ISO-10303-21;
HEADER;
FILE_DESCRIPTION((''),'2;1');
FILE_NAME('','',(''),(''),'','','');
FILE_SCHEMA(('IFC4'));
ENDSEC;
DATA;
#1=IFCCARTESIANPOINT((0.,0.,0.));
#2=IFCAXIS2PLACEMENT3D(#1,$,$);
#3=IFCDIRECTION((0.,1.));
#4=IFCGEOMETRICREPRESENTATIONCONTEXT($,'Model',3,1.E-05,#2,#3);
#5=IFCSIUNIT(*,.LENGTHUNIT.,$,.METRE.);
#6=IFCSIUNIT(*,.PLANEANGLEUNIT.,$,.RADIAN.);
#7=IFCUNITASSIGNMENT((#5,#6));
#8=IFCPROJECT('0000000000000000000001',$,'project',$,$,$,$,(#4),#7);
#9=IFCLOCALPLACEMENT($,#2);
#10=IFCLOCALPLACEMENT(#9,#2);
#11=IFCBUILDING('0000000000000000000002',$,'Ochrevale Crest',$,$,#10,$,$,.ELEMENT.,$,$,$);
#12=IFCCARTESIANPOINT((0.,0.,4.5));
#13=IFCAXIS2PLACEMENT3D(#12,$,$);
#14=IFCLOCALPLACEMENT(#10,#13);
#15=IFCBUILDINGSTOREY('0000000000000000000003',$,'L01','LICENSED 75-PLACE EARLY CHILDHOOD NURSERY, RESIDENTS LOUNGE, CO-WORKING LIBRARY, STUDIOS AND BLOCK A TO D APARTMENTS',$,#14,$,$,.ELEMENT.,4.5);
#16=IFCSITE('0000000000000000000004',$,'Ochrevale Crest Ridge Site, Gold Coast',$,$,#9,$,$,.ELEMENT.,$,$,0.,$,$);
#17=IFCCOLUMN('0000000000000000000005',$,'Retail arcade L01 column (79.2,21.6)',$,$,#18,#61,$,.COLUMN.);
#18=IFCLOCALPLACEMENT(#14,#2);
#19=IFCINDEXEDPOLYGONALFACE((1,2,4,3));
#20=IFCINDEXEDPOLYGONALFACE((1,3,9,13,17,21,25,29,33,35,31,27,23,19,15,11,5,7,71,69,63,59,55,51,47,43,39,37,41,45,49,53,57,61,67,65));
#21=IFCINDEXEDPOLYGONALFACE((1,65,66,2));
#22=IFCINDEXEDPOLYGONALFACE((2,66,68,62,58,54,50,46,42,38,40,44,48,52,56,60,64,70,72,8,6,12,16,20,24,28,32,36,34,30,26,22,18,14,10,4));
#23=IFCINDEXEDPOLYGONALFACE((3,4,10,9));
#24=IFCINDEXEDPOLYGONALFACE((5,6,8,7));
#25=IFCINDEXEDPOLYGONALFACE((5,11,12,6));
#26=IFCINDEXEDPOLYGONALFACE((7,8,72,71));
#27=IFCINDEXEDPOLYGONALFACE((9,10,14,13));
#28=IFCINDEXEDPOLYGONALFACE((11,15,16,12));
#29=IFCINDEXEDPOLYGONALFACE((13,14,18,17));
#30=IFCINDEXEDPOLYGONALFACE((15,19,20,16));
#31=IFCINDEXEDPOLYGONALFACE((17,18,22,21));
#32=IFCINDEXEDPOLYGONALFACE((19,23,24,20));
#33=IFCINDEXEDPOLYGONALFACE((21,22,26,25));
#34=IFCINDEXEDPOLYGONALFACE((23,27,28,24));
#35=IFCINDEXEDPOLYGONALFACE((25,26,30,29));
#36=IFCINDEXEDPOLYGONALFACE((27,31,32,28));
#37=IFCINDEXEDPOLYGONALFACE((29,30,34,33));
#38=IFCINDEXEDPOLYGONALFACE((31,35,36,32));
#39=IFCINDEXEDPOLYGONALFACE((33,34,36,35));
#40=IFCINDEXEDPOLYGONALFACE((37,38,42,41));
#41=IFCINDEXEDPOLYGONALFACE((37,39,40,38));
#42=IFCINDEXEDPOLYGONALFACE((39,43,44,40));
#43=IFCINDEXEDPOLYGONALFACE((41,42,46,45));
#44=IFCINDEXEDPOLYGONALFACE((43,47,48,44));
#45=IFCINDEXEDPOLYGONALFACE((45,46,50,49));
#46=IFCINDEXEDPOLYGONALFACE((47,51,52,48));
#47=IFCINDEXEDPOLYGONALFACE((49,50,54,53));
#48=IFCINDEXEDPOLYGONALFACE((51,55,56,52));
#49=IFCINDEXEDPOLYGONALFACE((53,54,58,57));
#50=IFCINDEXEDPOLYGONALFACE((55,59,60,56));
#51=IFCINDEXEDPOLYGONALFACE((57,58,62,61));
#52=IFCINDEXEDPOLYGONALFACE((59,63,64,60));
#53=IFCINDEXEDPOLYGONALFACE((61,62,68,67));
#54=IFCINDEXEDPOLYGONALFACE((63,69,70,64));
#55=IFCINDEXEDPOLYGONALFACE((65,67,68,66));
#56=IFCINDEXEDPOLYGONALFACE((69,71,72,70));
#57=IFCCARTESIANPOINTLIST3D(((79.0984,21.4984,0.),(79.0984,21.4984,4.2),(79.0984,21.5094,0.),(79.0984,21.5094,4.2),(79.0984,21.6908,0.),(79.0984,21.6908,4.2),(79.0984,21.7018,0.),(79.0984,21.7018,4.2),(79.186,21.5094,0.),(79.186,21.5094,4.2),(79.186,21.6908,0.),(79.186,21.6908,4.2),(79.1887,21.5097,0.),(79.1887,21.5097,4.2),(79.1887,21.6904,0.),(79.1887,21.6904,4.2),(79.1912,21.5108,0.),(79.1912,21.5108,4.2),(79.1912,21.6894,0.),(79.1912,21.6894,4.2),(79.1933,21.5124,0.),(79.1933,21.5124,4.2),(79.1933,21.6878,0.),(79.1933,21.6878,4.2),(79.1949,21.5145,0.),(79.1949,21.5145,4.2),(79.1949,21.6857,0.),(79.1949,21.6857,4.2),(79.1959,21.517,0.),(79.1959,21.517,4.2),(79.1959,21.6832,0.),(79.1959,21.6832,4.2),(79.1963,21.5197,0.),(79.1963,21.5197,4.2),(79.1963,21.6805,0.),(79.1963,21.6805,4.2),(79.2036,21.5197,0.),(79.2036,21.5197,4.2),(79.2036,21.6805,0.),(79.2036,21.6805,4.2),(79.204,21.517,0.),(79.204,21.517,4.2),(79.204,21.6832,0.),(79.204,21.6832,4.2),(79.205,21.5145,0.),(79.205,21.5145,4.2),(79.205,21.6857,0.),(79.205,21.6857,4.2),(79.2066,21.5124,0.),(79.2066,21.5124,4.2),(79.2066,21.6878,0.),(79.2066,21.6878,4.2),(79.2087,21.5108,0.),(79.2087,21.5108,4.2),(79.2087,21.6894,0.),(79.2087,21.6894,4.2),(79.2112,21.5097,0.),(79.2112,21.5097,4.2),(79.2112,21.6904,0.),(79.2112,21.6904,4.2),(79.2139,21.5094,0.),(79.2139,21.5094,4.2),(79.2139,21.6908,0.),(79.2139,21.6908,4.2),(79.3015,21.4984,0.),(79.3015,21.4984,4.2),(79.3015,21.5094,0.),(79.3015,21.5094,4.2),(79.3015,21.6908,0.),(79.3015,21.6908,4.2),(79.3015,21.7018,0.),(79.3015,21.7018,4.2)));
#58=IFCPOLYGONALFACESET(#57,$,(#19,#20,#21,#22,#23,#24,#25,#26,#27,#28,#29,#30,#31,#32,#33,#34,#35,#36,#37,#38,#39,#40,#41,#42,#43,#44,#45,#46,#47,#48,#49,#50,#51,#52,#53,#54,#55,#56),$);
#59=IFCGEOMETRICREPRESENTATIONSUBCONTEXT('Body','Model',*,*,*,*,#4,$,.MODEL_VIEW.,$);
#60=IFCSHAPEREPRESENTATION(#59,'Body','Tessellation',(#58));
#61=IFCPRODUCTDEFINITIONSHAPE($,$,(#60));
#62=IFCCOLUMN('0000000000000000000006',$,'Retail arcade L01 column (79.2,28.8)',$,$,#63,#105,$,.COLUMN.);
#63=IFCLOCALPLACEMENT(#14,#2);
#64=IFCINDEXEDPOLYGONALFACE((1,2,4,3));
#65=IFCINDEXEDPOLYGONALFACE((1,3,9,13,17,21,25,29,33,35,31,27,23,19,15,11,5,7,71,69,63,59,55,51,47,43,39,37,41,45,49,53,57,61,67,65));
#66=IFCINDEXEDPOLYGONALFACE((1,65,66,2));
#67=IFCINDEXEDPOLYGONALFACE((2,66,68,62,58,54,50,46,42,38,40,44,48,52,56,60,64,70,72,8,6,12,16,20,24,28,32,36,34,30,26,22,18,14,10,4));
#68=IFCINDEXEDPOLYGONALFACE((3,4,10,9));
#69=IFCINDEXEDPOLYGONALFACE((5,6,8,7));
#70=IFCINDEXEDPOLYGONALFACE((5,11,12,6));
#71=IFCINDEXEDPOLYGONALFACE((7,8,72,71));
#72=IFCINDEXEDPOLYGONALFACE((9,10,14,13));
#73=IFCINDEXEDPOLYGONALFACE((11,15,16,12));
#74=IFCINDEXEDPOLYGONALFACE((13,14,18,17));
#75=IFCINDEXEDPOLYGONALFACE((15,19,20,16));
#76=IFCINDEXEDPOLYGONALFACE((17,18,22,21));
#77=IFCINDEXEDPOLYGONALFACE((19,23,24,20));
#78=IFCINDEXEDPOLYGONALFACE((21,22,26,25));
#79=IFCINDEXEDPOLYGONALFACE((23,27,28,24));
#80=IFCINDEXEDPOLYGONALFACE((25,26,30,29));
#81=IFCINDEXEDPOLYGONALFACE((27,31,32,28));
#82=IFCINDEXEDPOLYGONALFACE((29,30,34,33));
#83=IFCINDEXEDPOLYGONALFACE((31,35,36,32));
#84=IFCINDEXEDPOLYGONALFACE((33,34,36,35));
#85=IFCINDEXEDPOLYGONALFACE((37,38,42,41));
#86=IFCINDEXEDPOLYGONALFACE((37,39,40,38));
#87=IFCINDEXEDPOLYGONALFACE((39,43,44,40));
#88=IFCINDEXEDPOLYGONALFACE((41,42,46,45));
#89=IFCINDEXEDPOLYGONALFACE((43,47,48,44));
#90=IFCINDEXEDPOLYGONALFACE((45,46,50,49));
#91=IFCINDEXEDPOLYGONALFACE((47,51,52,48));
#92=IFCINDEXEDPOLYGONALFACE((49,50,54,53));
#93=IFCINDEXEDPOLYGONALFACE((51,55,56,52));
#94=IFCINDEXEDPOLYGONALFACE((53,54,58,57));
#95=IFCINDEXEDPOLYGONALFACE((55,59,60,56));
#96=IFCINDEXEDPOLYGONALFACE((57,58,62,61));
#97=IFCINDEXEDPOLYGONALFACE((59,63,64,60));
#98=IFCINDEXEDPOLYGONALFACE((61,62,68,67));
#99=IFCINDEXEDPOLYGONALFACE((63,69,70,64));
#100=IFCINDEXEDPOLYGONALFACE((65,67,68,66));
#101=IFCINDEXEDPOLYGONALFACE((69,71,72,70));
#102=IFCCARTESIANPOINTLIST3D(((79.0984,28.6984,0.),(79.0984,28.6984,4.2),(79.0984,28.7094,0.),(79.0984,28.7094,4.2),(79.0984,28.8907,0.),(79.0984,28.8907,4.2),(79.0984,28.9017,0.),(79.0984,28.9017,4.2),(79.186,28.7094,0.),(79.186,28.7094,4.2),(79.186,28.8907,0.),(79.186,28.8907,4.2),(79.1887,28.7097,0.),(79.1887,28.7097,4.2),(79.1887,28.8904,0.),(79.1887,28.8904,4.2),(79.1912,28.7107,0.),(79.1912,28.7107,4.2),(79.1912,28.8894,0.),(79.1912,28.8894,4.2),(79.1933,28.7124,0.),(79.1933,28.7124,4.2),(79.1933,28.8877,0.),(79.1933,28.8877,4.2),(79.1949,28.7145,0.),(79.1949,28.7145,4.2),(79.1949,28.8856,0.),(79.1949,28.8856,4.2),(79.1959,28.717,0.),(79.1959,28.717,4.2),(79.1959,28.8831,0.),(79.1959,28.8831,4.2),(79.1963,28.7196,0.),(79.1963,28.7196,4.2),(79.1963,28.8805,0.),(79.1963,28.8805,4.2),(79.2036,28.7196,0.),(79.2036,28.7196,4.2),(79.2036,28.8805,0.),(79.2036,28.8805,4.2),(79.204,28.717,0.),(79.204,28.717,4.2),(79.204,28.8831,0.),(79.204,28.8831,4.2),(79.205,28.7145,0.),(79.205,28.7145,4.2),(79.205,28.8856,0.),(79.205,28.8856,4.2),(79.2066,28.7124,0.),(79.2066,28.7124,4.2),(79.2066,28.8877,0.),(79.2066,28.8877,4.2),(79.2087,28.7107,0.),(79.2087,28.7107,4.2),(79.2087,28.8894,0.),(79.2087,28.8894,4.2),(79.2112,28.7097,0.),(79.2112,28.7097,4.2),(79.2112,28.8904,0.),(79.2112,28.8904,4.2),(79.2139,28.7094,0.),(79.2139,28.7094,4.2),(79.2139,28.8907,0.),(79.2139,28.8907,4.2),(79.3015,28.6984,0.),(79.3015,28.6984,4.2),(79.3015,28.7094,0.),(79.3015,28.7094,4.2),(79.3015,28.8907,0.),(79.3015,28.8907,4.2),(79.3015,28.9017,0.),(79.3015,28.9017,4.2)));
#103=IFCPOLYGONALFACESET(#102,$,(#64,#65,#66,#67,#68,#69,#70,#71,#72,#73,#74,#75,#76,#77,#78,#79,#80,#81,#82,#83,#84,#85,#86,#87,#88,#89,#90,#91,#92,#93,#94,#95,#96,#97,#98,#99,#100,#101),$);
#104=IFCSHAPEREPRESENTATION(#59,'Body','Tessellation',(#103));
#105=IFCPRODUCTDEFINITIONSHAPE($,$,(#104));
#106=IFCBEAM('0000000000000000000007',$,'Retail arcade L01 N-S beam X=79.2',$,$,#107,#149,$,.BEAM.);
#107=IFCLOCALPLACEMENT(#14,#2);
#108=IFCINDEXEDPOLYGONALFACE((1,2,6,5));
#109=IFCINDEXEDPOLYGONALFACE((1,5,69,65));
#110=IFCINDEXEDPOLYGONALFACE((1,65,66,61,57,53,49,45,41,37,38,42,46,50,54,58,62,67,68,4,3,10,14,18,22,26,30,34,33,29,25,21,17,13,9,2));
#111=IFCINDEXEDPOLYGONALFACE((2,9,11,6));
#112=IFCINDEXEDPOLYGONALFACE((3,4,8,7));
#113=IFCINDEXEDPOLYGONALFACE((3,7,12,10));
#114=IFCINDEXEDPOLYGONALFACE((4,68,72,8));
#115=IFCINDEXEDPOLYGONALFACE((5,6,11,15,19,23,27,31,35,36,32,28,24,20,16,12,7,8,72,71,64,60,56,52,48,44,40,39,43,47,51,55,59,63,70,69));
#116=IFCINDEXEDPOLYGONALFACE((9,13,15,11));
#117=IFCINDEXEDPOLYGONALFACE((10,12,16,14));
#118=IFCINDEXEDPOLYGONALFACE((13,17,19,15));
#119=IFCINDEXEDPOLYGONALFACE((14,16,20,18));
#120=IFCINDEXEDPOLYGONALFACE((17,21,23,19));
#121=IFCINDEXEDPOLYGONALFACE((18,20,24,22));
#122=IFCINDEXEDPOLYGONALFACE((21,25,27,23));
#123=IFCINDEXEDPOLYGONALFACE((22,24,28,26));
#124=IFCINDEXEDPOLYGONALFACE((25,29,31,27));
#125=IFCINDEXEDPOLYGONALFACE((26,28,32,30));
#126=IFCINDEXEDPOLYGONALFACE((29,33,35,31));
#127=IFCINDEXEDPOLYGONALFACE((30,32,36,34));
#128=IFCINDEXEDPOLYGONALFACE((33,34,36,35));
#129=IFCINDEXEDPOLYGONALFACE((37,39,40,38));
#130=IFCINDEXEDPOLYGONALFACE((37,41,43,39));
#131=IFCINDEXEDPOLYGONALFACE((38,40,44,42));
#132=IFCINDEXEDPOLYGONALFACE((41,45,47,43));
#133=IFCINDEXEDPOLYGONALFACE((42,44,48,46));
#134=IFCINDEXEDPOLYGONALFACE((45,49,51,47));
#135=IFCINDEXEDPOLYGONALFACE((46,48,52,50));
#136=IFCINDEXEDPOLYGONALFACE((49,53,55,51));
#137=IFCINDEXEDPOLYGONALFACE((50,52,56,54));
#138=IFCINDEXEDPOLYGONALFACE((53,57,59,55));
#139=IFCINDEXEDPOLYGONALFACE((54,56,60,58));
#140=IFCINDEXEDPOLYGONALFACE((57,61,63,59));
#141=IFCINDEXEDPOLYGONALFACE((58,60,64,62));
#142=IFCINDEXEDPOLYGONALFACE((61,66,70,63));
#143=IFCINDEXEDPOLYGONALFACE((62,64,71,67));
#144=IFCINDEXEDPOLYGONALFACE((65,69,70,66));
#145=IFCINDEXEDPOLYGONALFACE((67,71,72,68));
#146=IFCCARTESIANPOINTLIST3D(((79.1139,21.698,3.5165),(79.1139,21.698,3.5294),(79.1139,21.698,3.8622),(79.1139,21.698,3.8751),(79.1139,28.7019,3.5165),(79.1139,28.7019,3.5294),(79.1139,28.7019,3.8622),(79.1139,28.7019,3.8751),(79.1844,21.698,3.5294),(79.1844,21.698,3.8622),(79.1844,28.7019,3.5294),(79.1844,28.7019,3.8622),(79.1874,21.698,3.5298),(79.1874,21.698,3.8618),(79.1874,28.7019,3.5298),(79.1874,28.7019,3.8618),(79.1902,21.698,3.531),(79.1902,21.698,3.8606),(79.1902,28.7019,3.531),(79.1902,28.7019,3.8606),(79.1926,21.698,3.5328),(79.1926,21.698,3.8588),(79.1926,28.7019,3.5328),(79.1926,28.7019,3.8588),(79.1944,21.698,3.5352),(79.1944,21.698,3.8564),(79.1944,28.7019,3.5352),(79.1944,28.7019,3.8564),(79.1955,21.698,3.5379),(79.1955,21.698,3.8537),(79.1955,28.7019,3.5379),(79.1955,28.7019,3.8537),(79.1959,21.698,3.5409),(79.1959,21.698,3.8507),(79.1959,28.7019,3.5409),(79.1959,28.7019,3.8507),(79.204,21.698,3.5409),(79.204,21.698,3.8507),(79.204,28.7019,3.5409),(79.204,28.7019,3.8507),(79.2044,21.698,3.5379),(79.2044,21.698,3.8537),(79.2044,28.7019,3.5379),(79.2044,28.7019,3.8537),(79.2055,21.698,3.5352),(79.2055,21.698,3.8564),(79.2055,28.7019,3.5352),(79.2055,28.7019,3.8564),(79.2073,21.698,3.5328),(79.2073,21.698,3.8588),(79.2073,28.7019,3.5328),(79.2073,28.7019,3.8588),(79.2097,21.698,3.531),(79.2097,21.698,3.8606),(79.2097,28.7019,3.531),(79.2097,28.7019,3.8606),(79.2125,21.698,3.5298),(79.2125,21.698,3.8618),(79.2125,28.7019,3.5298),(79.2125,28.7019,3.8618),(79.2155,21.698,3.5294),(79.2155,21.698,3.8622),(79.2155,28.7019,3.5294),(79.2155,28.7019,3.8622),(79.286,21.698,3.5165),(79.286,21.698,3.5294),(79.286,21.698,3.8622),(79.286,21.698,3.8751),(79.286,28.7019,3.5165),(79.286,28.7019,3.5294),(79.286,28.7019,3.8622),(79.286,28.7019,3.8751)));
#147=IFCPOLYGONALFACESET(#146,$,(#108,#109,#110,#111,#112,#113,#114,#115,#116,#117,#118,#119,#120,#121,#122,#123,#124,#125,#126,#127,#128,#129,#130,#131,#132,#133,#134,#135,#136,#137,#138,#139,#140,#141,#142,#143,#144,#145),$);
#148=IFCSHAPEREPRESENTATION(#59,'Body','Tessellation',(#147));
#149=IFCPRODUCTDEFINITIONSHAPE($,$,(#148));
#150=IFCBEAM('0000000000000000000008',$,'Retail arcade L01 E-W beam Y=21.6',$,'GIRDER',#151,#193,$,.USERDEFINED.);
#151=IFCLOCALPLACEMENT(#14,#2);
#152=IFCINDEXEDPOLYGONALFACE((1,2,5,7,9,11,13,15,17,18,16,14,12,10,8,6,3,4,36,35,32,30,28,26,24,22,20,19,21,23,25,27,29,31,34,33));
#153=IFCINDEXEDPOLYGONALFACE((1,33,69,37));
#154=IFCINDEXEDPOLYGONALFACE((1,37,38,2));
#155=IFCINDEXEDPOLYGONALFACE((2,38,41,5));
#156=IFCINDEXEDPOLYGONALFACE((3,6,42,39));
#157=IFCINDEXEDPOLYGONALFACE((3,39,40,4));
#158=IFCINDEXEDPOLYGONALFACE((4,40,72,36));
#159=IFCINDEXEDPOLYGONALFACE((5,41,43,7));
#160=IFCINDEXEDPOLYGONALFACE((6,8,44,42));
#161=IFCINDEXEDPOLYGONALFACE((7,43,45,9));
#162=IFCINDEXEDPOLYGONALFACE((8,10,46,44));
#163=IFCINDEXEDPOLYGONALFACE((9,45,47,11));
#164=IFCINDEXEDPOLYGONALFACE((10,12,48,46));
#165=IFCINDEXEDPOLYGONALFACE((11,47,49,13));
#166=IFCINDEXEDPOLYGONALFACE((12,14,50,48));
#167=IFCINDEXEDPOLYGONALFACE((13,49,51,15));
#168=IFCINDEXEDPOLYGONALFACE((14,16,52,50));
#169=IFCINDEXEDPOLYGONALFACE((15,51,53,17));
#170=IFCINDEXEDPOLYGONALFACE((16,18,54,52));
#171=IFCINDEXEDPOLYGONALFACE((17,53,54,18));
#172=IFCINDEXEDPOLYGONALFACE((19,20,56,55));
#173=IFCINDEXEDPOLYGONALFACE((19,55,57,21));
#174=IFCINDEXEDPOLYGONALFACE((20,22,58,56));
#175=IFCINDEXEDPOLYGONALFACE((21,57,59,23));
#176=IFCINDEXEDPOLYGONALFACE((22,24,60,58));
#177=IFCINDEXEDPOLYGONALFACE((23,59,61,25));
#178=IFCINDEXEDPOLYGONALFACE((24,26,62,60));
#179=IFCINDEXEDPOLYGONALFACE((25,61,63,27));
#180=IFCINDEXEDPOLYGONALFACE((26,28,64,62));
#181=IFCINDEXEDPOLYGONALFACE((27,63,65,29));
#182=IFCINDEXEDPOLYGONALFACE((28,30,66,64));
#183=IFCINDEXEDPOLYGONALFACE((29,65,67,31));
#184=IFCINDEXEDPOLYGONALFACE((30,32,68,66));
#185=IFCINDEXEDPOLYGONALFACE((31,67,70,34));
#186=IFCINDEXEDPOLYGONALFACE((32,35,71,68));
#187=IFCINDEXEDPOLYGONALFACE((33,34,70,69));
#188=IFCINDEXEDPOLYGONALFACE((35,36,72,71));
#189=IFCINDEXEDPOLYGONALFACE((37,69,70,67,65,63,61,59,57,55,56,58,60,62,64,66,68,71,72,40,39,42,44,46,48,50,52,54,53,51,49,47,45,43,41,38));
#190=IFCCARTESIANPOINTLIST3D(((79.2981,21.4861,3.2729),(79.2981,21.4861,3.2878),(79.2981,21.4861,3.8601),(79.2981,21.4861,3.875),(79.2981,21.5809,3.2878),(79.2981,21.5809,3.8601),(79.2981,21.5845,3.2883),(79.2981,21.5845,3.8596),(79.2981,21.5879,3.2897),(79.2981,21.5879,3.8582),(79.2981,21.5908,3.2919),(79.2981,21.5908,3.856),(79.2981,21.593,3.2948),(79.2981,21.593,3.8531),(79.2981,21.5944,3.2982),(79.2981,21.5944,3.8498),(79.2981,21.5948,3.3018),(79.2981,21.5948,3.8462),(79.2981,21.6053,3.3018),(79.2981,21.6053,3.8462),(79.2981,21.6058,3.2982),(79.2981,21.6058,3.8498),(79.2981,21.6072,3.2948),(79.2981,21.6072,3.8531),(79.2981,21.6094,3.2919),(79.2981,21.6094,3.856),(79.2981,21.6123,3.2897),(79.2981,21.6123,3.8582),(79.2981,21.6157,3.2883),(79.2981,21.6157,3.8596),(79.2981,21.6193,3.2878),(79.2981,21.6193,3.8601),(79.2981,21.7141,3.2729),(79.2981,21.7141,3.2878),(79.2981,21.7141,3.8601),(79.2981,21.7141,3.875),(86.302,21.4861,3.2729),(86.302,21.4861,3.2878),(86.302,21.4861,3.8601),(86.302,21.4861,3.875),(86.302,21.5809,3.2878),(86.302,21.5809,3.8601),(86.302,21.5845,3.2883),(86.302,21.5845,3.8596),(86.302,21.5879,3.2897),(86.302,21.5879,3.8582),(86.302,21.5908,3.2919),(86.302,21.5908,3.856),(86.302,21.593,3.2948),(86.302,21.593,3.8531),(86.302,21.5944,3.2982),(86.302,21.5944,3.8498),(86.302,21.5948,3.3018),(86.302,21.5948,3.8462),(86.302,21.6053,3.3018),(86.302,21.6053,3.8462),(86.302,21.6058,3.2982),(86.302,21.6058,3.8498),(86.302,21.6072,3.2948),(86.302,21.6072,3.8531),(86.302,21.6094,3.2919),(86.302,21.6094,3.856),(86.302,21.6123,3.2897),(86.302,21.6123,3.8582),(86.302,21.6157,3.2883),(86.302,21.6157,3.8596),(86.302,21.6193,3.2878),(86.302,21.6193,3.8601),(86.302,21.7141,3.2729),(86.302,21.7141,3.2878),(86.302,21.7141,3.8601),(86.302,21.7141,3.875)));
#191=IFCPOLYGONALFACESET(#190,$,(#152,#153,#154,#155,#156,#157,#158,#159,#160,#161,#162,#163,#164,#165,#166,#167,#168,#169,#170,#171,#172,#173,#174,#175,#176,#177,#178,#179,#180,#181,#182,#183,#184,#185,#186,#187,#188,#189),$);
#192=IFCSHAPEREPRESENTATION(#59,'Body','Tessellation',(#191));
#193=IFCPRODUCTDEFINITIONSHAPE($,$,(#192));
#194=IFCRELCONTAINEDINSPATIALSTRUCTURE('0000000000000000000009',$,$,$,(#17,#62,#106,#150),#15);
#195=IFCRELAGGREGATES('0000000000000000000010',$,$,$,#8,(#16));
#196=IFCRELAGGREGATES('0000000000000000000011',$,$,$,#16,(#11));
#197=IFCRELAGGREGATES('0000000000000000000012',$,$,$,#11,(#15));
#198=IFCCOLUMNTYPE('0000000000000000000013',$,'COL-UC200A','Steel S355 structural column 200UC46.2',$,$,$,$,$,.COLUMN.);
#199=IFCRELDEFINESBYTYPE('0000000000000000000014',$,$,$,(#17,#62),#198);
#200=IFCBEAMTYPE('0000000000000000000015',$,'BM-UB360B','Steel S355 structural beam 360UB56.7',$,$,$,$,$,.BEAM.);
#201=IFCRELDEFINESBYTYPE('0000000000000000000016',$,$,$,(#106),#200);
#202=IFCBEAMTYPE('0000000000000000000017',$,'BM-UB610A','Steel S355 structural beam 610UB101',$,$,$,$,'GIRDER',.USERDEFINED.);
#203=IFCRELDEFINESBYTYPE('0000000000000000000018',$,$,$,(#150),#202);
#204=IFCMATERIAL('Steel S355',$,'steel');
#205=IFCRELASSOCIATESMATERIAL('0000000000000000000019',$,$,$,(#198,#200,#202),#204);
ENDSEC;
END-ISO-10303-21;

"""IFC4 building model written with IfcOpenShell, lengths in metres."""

from ifc_helpers import new_model, si_unit, direction, frame, origin, origin_2d, place, context, subcontext, project, spatial, i_section, extrude, material, material_profile, profile_set, type_object, element, save


model = new_model("IFC4")

# Units and contexts
model_context = context("Model", 3, precision=1e-05, world=origin(), true_north=direction((0.0, 1.0)))
body_context = subcontext(model_context, "Body", "Model", "MODEL_VIEW")
ifc_project = project(units=[si_unit("LENGTHUNIT", "METRE"), si_unit("PLANEANGLEUNIT", "RADIAN")], contexts=[model_context])

# Site, building, storey
site_placement = place(None, origin())
site = spatial("IfcSite", under=ifc_project, at=site_placement, Name="Ochrevale Crest Ridge Site, Gold Coast", CompositionType="ELEMENT", RefElevation=0.0)
building_placement = place(site_placement, origin())
building = spatial("IfcBuilding", under=site, at=building_placement, Name="Ochrevale Crest", CompositionType="ELEMENT")
storey_placement = place(building_placement, frame((0.0, 0.0, 4.5)))
storey = spatial("IfcBuildingStorey", under=building, at=storey_placement, Name="L01", Description="LICENSED 75-PLACE EARLY CHILDHOOD NURSERY, RESIDENTS LOUNGE, CO-WORKING LIBRARY, STUDIOS AND BLOCK A TO D APARTMENTS", CompositionType="ELEMENT", Elevation=4.5)

# Columns
ifc_material_1 = material(Name="Steel S355", Category="steel")
ifc_material_profile_1 = material_profile(ifc_material_1, i_section(OverallWidth=0.2031, OverallDepth=0.2034, WebThickness=0.0073, FlangeThickness=0.011, FilletRadius=0.0103, at=origin_2d()), Name="200UC46.2")
ifc_profile_set_1 = profile_set([ifc_material_profile_1], Name="Steel S355")
column_type = type_object("IfcColumnType", Name="COL-UC200A", Description="Steel S355 structural column 200UC46.2", PredefinedType="COLUMN", material=ifc_profile_set_1)
for number, where, z_axis, x_axis, name in (
    (1, (79.2, 21.6001, 0.0), (0.0, 0.0, 1.0), (1.0, 0.0, 0.0), "Retail arcade L01 column (79.2,21.6)"),
    (2, (79.2, 28.8, 0.0), (0.0, 0.0, 1.0), (1.0, 0.0, 0.0), "Retail arcade L01 column (79.2,28.8)"),
):
    element("IfcColumn", number, at=place(storey_placement, frame(where, z_axis=z_axis, x_axis=x_axis)), inside=storey, type_object=column_type, Name=name, PredefinedType="COLUMN", context=body_context, shape_type="SweptSolid", body=[
        extrude(i_section(OverallWidth=0.2031, OverallDepth=0.2034, WebThickness=0.0073, FlangeThickness=0.011, FilletRadius=0.0103, at=origin_2d()), origin(), (0.0, 0.0, 1.0), 4.2),
    ])

# Beams
ifc_material_profile_2 = material_profile(ifc_material_1, i_section(OverallWidth=0.1721, OverallDepth=0.3586, WebThickness=0.0081, FlangeThickness=0.0129, FilletRadius=0.0115, at=origin_2d()), Name="360UB56.7")
ifc_profile_set_2 = profile_set([ifc_material_profile_2], Name="Steel S355")
beam_type_1 = type_object("IfcBeamType", Name="BM-UB360B", Description="Steel S355 structural beam 360UB56.7", PredefinedType="BEAM", material=ifc_profile_set_2)
beam_placement = place(storey_placement, frame((79.2, 21.698, 3.6958), z_axis=(0.0, 1.0, 0.0), x_axis=(-1.0, 0.0, 0.0)))
element("IfcBeam", 3, at=beam_placement, inside=storey, type_object=beam_type_1, Name="Retail arcade L01 N-S beam X=79.2", PredefinedType="BEAM", context=body_context, shape_type="SweptSolid", body=[
    extrude(i_section(OverallWidth=0.1721, OverallDepth=0.3586, WebThickness=0.0081, FlangeThickness=0.0129, FilletRadius=0.0115, at=origin_2d()), origin(), (0.0, 0.0, 1.0), 7.0039),
])
ifc_material_profile_3 = material_profile(ifc_material_1, i_section(OverallWidth=0.228, OverallDepth=0.6021, WebThickness=0.0105, FlangeThickness=0.0149, FilletRadius=0.0139, at=origin_2d()), Name="610UB101")
ifc_profile_set_3 = profile_set([ifc_material_profile_3], Name="Steel S355")
beam_type_2 = type_object("IfcBeamType", Name="BM-UB610A", Description="Steel S355 structural beam 610UB101", ElementType="GIRDER", PredefinedType="USERDEFINED", material=ifc_profile_set_3)
for number, where, z_axis, x_axis, name in (
    (4, (79.2981, 21.6001, 3.574), (1.0, 0.0, 0.0), (0.0, 1.0, 0.0), "Retail arcade L01 E-W beam Y=21.6"),
):
    element("IfcBeam", number, at=place(storey_placement, frame(where, z_axis=z_axis, x_axis=x_axis)), inside=storey, type_object=beam_type_2, Name=name, ObjectType="GIRDER", PredefinedType="USERDEFINED", context=body_context, shape_type="SweptSolid", body=[
        extrude(i_section(OverallWidth=0.228, OverallDepth=0.6021, WebThickness=0.0105, FlangeThickness=0.0149, FilletRadius=0.0139, at=origin_2d()), origin(), (0.0, 0.0, 1.0), 7.0039),
    ])

save(model, "model.ifc")
